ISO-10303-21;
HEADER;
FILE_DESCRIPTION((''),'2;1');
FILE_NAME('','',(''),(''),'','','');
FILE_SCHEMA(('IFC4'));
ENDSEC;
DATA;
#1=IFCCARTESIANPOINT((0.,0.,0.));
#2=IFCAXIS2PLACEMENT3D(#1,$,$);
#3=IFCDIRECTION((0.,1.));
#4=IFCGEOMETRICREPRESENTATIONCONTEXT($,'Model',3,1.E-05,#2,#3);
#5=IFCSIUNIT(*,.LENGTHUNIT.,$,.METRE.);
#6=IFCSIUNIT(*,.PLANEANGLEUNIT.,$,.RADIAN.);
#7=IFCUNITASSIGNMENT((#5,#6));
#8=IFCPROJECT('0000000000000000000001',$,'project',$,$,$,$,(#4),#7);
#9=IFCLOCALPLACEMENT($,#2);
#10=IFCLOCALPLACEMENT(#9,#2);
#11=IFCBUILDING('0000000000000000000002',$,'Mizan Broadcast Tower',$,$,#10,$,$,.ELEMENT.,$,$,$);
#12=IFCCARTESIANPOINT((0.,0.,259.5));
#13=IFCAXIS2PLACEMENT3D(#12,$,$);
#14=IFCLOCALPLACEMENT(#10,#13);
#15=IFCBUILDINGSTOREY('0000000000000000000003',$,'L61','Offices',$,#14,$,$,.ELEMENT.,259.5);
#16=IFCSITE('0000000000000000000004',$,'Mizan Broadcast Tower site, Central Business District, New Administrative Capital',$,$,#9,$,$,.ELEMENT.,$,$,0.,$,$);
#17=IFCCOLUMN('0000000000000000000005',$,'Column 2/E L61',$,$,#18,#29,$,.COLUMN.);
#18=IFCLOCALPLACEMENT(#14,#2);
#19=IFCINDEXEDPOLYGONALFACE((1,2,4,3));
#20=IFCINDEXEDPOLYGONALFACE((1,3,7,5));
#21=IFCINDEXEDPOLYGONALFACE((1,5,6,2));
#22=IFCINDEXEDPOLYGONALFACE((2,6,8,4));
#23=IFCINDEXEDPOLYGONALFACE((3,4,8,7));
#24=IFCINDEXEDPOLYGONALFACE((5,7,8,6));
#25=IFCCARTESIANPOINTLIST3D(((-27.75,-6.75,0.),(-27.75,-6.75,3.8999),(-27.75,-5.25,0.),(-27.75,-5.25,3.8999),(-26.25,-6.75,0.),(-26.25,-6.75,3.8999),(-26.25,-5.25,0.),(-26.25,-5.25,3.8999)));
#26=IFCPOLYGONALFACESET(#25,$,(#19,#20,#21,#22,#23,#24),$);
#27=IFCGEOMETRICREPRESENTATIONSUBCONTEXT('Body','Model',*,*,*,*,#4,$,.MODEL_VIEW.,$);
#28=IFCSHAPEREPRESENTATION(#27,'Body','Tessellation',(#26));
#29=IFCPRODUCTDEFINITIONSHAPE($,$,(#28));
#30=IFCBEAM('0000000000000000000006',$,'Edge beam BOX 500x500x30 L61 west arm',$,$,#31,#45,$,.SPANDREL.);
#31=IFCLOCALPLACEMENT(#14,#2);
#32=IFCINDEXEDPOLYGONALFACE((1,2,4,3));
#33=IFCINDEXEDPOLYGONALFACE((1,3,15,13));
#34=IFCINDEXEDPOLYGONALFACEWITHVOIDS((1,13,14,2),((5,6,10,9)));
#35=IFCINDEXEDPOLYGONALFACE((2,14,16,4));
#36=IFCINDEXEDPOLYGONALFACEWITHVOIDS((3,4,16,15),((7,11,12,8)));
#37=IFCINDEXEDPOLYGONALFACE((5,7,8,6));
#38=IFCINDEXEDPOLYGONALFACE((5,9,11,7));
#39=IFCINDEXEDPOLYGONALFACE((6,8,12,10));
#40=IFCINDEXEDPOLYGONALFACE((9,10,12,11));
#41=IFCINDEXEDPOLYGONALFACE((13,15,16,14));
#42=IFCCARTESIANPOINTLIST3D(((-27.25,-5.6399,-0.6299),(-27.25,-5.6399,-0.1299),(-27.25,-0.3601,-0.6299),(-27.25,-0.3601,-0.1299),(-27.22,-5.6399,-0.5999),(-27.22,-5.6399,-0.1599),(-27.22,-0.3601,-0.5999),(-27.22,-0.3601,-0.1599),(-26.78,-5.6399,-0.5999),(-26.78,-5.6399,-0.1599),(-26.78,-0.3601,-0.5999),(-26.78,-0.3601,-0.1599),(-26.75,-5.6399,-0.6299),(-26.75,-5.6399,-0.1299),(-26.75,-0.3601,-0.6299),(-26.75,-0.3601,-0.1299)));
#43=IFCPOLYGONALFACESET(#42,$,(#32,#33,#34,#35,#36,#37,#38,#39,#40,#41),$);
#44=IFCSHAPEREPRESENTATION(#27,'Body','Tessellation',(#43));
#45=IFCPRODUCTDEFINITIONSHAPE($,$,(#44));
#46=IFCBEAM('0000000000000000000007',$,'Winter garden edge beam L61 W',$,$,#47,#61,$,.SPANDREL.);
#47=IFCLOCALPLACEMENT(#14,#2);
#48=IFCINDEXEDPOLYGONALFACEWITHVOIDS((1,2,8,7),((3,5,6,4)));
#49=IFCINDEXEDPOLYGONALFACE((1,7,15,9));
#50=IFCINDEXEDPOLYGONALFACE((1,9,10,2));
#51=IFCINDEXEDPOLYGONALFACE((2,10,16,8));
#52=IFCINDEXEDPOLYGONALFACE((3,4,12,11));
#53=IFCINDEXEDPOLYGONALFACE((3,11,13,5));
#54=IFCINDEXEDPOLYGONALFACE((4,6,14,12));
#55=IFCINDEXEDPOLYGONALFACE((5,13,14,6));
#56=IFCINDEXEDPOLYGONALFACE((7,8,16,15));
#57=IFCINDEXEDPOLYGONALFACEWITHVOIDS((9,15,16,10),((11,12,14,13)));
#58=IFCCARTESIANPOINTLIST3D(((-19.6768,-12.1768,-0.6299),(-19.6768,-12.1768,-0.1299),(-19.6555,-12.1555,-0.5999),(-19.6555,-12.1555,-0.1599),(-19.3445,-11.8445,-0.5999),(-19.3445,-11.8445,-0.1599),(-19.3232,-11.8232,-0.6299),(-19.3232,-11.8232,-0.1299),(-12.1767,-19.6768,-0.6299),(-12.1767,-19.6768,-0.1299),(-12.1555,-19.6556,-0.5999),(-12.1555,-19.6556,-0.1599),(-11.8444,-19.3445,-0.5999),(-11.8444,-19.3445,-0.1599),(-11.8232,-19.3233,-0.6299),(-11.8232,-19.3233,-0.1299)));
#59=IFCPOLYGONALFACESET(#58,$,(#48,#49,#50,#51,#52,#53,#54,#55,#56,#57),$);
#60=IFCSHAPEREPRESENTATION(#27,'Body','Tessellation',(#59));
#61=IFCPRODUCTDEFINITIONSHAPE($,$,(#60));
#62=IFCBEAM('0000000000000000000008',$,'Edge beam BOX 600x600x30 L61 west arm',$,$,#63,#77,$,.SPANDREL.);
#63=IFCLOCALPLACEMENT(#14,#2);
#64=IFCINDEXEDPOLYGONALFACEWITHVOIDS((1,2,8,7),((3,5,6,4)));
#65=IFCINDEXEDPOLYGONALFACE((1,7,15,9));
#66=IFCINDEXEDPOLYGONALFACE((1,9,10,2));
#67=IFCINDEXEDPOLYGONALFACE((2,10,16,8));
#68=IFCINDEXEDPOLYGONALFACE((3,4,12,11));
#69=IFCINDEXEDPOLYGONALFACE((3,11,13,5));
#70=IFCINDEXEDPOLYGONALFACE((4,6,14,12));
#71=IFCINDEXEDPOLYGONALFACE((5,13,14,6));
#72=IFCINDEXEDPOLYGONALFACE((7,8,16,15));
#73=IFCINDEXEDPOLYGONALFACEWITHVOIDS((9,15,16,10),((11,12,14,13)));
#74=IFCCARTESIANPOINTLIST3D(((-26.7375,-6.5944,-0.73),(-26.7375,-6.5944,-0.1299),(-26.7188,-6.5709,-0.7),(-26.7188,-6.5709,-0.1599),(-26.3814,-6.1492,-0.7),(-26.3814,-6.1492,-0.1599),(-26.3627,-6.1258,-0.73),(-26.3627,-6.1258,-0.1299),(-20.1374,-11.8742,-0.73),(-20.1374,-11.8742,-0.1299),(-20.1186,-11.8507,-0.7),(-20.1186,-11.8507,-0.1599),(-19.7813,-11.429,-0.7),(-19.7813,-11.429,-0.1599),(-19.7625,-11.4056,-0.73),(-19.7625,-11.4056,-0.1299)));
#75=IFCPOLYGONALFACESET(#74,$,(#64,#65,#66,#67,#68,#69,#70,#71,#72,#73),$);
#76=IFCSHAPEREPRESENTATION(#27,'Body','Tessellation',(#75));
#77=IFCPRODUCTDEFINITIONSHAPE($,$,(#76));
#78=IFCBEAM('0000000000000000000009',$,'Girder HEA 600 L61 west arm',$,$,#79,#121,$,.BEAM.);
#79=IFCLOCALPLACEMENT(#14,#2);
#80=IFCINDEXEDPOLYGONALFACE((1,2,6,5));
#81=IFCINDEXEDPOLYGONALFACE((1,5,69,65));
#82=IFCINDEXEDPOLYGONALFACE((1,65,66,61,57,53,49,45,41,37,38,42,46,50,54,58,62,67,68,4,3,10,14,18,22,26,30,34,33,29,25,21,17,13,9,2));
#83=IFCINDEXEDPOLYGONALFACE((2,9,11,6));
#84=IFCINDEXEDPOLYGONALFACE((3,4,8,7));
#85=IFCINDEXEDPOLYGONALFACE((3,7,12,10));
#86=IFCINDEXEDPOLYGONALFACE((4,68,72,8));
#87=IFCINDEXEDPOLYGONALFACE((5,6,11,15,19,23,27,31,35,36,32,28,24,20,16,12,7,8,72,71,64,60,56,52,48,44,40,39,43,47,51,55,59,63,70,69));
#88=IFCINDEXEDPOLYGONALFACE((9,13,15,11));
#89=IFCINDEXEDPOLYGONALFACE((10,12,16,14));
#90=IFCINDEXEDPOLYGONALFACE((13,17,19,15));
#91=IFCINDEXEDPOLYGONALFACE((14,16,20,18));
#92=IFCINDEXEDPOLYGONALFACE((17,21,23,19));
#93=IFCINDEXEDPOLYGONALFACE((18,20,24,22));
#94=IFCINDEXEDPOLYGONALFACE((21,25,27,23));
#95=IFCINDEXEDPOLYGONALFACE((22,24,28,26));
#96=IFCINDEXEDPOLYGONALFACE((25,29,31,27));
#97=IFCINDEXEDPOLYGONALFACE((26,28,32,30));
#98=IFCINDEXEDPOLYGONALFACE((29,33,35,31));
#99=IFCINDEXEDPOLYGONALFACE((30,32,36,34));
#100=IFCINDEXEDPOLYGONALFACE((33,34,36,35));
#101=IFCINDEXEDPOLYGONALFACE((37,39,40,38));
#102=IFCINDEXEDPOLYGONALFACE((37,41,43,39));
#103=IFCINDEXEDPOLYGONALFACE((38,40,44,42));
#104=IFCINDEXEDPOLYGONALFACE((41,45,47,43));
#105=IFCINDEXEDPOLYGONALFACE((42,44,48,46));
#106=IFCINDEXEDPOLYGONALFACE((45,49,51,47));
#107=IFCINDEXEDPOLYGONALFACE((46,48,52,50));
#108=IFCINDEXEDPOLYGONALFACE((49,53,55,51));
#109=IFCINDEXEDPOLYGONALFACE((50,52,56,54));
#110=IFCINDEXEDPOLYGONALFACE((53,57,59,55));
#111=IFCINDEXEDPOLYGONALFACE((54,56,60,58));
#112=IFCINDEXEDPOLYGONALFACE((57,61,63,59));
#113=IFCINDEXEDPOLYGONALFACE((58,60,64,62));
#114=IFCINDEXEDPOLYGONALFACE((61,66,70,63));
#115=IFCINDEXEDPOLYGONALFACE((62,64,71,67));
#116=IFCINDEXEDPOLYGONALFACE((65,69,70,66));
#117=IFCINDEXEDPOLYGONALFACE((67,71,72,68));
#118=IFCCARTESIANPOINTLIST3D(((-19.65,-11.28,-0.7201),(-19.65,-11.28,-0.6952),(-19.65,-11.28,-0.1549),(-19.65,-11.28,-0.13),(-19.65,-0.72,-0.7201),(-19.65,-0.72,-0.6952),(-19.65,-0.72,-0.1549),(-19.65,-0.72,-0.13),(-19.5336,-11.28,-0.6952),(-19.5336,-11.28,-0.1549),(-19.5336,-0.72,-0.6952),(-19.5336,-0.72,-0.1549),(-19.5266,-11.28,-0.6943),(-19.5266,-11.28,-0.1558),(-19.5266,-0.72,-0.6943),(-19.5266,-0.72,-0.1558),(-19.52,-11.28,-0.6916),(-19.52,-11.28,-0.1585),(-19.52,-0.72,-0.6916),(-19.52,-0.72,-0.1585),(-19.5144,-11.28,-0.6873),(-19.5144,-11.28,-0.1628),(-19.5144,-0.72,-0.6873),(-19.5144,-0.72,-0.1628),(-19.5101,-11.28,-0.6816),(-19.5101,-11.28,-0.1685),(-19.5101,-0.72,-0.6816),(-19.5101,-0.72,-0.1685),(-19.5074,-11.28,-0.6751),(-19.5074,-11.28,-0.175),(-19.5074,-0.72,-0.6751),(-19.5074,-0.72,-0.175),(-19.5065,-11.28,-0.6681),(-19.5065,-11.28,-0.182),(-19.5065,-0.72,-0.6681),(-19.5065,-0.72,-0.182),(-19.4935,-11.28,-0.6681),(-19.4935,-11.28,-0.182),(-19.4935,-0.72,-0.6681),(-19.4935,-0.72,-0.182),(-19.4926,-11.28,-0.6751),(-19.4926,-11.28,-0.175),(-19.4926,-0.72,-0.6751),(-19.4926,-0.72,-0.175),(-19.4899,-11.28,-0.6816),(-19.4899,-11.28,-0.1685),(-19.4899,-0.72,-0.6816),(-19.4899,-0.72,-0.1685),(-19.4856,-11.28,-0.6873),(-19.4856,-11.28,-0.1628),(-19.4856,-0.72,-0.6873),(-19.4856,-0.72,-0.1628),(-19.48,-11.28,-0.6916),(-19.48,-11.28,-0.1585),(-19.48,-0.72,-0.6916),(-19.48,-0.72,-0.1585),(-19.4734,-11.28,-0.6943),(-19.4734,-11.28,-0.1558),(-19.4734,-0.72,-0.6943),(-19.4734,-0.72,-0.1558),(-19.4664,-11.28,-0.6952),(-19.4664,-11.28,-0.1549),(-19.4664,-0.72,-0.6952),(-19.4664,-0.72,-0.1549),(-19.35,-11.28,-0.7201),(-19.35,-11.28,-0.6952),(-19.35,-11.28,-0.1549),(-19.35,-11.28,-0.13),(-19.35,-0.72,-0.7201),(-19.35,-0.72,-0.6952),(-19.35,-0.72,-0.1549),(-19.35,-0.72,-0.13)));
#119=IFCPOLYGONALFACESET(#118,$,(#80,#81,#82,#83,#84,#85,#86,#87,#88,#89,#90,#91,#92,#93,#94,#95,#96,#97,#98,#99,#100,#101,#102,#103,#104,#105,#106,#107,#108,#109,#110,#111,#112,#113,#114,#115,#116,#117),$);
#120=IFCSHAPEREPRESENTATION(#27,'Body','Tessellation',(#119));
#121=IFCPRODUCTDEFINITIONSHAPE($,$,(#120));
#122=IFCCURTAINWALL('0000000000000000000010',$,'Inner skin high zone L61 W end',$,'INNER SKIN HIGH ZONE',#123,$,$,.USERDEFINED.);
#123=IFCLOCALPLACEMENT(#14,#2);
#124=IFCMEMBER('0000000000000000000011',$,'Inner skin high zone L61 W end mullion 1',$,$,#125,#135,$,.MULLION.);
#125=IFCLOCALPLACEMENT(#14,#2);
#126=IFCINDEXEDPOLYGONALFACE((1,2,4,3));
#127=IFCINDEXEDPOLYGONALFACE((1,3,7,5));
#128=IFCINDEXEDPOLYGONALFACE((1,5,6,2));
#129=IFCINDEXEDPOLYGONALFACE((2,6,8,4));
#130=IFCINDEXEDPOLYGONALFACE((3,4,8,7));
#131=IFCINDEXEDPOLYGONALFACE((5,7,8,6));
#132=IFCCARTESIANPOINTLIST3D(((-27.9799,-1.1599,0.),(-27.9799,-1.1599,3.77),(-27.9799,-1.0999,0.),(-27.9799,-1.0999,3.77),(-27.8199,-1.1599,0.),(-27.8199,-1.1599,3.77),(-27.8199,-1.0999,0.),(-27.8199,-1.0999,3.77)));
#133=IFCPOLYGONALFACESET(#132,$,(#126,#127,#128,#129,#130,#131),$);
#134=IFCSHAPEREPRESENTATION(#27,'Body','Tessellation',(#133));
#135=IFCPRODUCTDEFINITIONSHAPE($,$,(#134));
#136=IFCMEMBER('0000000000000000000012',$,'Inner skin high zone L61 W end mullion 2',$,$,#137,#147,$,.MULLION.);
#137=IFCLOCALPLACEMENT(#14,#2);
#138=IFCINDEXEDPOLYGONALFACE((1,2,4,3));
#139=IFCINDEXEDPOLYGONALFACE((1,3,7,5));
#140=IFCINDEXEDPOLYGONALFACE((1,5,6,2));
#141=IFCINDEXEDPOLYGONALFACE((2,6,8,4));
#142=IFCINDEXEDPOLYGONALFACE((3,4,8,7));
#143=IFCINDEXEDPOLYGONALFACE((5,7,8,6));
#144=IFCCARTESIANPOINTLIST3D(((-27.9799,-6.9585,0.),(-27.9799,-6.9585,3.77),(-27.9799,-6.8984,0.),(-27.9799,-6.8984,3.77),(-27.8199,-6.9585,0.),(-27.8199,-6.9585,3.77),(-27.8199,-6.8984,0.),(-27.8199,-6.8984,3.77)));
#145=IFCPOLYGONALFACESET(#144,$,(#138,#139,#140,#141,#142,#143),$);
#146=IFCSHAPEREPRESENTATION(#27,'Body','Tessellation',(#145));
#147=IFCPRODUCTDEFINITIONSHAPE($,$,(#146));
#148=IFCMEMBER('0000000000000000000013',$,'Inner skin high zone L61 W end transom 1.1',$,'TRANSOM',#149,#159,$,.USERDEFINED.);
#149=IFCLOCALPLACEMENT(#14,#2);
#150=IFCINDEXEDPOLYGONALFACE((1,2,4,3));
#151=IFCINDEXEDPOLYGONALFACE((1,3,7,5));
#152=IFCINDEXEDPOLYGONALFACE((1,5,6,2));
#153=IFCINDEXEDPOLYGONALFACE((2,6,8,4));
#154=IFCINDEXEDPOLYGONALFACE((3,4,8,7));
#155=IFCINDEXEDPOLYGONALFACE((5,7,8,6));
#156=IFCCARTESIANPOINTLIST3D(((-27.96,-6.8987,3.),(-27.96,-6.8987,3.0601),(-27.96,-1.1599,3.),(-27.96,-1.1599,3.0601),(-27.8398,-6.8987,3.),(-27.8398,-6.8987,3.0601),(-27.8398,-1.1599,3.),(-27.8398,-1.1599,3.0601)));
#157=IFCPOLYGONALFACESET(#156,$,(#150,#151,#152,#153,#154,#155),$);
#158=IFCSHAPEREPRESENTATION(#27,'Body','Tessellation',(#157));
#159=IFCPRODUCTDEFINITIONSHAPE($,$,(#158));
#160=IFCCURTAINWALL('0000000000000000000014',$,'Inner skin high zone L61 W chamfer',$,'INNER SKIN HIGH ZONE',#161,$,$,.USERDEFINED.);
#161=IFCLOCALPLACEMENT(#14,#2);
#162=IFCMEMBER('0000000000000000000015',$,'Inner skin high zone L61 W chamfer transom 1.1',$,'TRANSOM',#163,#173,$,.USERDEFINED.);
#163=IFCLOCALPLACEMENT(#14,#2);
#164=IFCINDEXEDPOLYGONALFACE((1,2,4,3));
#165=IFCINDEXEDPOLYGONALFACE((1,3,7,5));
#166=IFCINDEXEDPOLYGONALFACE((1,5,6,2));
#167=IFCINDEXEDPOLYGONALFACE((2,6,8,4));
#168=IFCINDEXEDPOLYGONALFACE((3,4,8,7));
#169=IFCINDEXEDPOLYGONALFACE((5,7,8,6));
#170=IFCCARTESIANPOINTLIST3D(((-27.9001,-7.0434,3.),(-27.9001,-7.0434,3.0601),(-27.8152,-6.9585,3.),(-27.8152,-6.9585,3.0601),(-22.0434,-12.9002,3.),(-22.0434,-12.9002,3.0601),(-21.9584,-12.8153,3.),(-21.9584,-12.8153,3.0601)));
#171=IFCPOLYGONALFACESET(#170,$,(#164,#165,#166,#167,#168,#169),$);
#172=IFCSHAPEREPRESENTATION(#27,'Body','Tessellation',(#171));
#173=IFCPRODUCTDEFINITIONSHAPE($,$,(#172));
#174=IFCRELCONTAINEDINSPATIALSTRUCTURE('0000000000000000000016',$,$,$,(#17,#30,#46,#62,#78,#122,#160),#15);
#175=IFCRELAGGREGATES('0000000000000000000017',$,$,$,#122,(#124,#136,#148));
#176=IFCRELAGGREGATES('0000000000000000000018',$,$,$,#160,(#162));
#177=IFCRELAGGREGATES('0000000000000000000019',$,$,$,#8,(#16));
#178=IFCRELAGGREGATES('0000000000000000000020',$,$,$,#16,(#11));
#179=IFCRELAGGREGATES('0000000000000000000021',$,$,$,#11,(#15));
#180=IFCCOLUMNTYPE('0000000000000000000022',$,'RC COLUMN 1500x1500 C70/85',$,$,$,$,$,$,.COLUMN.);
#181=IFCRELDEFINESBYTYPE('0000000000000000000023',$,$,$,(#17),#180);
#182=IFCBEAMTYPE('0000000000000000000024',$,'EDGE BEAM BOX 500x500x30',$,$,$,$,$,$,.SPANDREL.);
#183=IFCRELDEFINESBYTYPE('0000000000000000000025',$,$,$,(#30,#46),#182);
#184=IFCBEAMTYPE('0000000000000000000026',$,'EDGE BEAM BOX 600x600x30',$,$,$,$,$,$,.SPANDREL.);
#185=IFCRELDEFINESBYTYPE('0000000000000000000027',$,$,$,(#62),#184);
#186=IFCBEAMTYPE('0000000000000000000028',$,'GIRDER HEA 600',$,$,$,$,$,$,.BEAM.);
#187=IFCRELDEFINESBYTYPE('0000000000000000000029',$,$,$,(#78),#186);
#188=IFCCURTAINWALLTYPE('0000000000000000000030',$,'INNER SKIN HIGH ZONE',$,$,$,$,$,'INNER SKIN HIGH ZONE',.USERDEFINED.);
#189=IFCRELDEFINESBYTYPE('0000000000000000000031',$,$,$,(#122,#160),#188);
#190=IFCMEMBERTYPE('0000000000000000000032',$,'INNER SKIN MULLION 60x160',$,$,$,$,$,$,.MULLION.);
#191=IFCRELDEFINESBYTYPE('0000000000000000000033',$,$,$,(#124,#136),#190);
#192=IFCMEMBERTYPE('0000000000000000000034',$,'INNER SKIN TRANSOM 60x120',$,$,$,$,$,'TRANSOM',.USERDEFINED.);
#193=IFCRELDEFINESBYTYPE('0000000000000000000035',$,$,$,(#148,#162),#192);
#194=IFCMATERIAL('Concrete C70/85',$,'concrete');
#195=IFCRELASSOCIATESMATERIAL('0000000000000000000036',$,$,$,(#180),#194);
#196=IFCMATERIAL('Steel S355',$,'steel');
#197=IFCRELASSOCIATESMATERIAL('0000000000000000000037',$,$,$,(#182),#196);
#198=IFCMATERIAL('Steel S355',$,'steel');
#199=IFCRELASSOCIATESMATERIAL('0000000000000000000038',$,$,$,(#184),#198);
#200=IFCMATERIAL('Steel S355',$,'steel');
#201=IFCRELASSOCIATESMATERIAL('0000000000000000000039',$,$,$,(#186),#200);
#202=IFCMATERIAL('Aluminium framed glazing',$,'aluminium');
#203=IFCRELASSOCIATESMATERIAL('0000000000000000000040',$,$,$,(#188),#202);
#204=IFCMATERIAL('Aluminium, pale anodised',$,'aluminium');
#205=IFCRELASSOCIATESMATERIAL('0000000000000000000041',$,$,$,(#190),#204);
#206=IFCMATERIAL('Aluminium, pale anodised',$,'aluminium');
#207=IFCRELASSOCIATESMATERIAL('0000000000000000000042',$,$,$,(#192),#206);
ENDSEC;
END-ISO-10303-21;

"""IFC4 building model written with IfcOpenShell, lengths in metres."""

from ifc_helpers import new_model, si_unit, direction, frame, origin, origin_2d, place, context, subcontext, project, spatial, rectangle, hollow_rectangle, i_section, extrude, material, material_profile, profile_set, type_object, element, aggregate, save


model = new_model("IFC4")

# Units and contexts
model_context = context("Model", 3, precision=1e-05, world=origin(), true_north=direction((0.0, 1.0)))
body_context = subcontext(model_context, "Body", "Model", "MODEL_VIEW")
ifc_project = project(units=[si_unit("LENGTHUNIT", "METRE"), si_unit("PLANEANGLEUNIT", "RADIAN")], contexts=[model_context])

# Site, building, storey
site_placement = place(None, origin())
site = spatial("IfcSite", under=ifc_project, at=site_placement, Name="Mizan Broadcast Tower site, Central Business District, New Administrative Capital", CompositionType="ELEMENT", RefElevation=0.0)
building_placement = place(site_placement, origin())
building = spatial("IfcBuilding", under=site, at=building_placement, Name="Mizan Broadcast Tower", CompositionType="ELEMENT")
storey_placement = place(building_placement, frame((0.0, 0.0, 259.5)))
storey = spatial("IfcBuildingStorey", under=building, at=storey_placement, Name="L61", Description="Offices", CompositionType="ELEMENT", Elevation=259.5)

# Column
ifc_material_1 = material(Name="Concrete C70/85", Category="concrete")
ifc_material_profile_1 = material_profile(ifc_material_1, rectangle(XDim=1.5, YDim=1.5, at=origin_2d()), Name="RC 1500x1500")
ifc_profile_set_1 = profile_set([ifc_material_profile_1], Name="Concrete C70/85")
column_type = type_object("IfcColumnType", Name="RC COLUMN 1500x1500 C70/85", PredefinedType="COLUMN", material=ifc_profile_set_1)
column_placement = place(storey_placement, frame((-27.0, -6.0, 0.0), z_axis=(0.0, 0.0, 1.0), x_axis=(1.0, 0.0, 0.0)))
element("IfcColumn", 1, at=column_placement, inside=storey, type_object=column_type, Name="Column 2/E L61", PredefinedType="COLUMN", context=body_context, shape_type="SweptSolid", body=[
    extrude(rectangle(XDim=1.5, YDim=1.5, at=origin_2d()), origin(), (0.0, 0.0, 1.0), 3.8999),
])

# Beams
ifc_material_2 = material(Name="Steel S355", Category="steel")
ifc_material_profile_2 = material_profile(ifc_material_2, hollow_rectangle(XDim=0.5, YDim=0.5, WallThickness=0.03, at=origin_2d()), Name="BOX 500x500x30")
ifc_profile_set_2 = profile_set([ifc_material_profile_2], Name="Steel S355")
beam_type_1 = type_object("IfcBeamType", Name="EDGE BEAM BOX 500x500x30", PredefinedType="SPANDREL", material=ifc_profile_set_2)
beam_1_placement = place(storey_placement, frame((-27.0, -5.6399, -0.3799), z_axis=(0.0, 1.0, 0.0), x_axis=(-1.0, 0.0, 0.0)))
element("IfcBeam", 2, at=beam_1_placement, inside=storey, type_object=beam_type_1, Name="Edge beam BOX 500x500x30 L61 west arm", PredefinedType="SPANDREL", context=body_context, shape_type="SweptSolid", body=[
    extrude(hollow_rectangle(XDim=0.5, YDim=0.5, WallThickness=0.03, at=origin_2d()), origin(), (0.0, 0.0, 1.0), 5.2798),
])
beam_2_placement = place(storey_placement, frame((-19.5, -12.0, -0.3799), z_axis=(0.707107, -0.707107, 0.0), x_axis=(0.707107, 0.707107, 0.0)))
element("IfcBeam", 3, at=beam_2_placement, inside=storey, type_object=beam_type_1, Name="Winter garden edge beam L61 W", PredefinedType="SPANDREL", context=body_context, shape_type="SweptSolid", body=[
    extrude(hollow_rectangle(XDim=0.5, YDim=0.5, WallThickness=0.03, at=origin_2d()), origin(), (0.0, 0.0, 1.0), 10.6067),
])
ifc_material_3 = material(Name="Steel S355", Category="steel")
ifc_material_profile_3 = material_profile(ifc_material_3, hollow_rectangle(XDim=0.6001, YDim=0.6001, WallThickness=0.03, at=origin_2d()), Name="BOX 600x600x30")
ifc_profile_set_3 = profile_set([ifc_material_profile_3], Name="Steel S355")
beam_type_2 = type_object("IfcBeamType", Name="EDGE BEAM BOX 600x600x30", PredefinedType="SPANDREL", material=ifc_profile_set_3)
beam_3_placement = place(storey_placement, frame((-19.95, -11.6399, -0.4299), z_axis=(-0.780886, 0.624674, 0.0), x_axis=(-0.624674, -0.780886, 0.0)))
element("IfcBeam", 4, at=beam_3_placement, inside=storey, type_object=beam_type_2, Name="Edge beam BOX 600x600x30 L61 west arm", PredefinedType="SPANDREL", context=body_context, shape_type="SweptSolid", body=[
    extrude(hollow_rectangle(XDim=0.6001, YDim=0.6001, WallThickness=0.03, at=origin_2d()), origin(), (0.0, 0.0, 1.0), 8.4521),
])
ifc_material_4 = material(Name="Steel S355", Category="steel")
ifc_material_profile_4 = material_profile(ifc_material_4, i_section(OverallWidth=0.3, OverallDepth=0.5901, WebThickness=0.0129, FlangeThickness=0.0249, FilletRadius=0.0271, at=origin_2d()), Name="HEA 600")
ifc_profile_set_4 = profile_set([ifc_material_profile_4], Name="Steel S355")
beam_type_3 = type_object("IfcBeamType", Name="GIRDER HEA 600", PredefinedType="BEAM", material=ifc_profile_set_4)
beam_4_placement = place(storey_placement, frame((-19.5, -11.28, -0.425), z_axis=(0.0, 1.0, 0.0), x_axis=(-1.0, 0.0, 0.0)))
element("IfcBeam", 5, at=beam_4_placement, inside=storey, type_object=beam_type_3, Name="Girder HEA 600 L61 west arm", PredefinedType="BEAM", context=body_context, shape_type="SweptSolid", body=[
    extrude(i_section(OverallWidth=0.3, OverallDepth=0.5901, WebThickness=0.0129, FlangeThickness=0.0249, FilletRadius=0.0271, at=origin_2d()), origin(), (0.0, 0.0, 1.0), 10.5601),
])

# Curtain wall, members
ifc_material_5 = material(Name="Aluminium framed glazing", Category="aluminium")
curtain_wall_type_1 = type_object("IfcCurtainWallType", Name="INNER SKIN HIGH ZONE", ElementType="INNER SKIN HIGH ZONE", PredefinedType="USERDEFINED", material=ifc_material_5)
curtain_wall_1_placement = place(storey_placement, origin())
curtain_wall_1 = element("IfcCurtainWall", 6, at=curtain_wall_1_placement, inside=storey, type_object=curtain_wall_type_1, Name="Inner skin high zone L61 W end", ObjectType="INNER SKIN HIGH ZONE", PredefinedType="USERDEFINED")
ifc_material_6 = material(Name="Aluminium, pale anodised", Category="aluminium")
ifc_material_profile_5 = material_profile(ifc_material_6, rectangle(XDim=0.1599, YDim=0.0601, at=origin_2d()), Name="MULLION 160x60")
ifc_profile_set_5 = profile_set([ifc_material_profile_5], Name="Aluminium, pale anodised")
member_type_1 = type_object("IfcMemberType", Name="INNER SKIN MULLION 60x160", PredefinedType="MULLION", material=ifc_profile_set_5)
member_1_placement = place(storey_placement, frame((-27.8999, -1.1299, 0.0), z_axis=(0.0, 0.0, 1.0), x_axis=(1.0, 0.0, 0.0)))
member_1 = element("IfcMember", 7, at=member_1_placement, type_object=member_type_1, Name="Inner skin high zone L61 W end mullion 1", PredefinedType="MULLION", context=body_context, shape_type="SweptSolid", body=[
    extrude(rectangle(XDim=0.1599, YDim=0.0601, at=origin_2d()), origin(), (0.0, 0.0, 1.0), 3.77),
])
member_2_placement = place(storey_placement, frame((-27.8999, -6.9285, 0.0), z_axis=(0.0, 0.0, 1.0), x_axis=(1.0, 0.0, 0.0)))
member_2 = element("IfcMember", 8, at=member_2_placement, type_object=member_type_1, Name="Inner skin high zone L61 W end mullion 2", PredefinedType="MULLION", context=body_context, shape_type="SweptSolid", body=[
    extrude(rectangle(XDim=0.1599, YDim=0.0601, at=origin_2d()), origin(), (0.0, 0.0, 1.0), 3.77),
])
ifc_material_7 = material(Name="Aluminium, pale anodised", Category="aluminium")
ifc_material_profile_6 = material_profile(ifc_material_7, rectangle(XDim=0.1201, YDim=0.0601, at=origin_2d()), Name="TRANSOM 120x60")
ifc_profile_set_6 = profile_set([ifc_material_profile_6], Name="Aluminium, pale anodised")
member_type_2 = type_object("IfcMemberType", Name="INNER SKIN TRANSOM 60x120", ElementType="TRANSOM", PredefinedType="USERDEFINED", material=ifc_profile_set_6)
member_3_placement = place(storey_placement, frame((-27.8999, -1.1599, 3.03), z_axis=(0.0, -1.0, 0.0), x_axis=(1.0, 0.0, 0.0)))
member_3 = element("IfcMember", 9, at=member_3_placement, type_object=member_type_2, Name="Inner skin high zone L61 W end transom 1.1", ObjectType="TRANSOM", PredefinedType="USERDEFINED", context=body_context, shape_type="SweptSolid", body=[
    extrude(rectangle(XDim=0.1201, YDim=0.0601, at=origin_2d()), origin(), (0.0, 0.0, 1.0), 5.7388),
])

# Curtain wall, member
curtain_wall_2_placement = place(storey_placement, origin())
curtain_wall_2 = element("IfcCurtainWall", 10, at=curtain_wall_2_placement, inside=storey, type_object=curtain_wall_type_1, Name="Inner skin high zone L61 W chamfer", ObjectType="INNER SKIN HIGH ZONE", PredefinedType="USERDEFINED")
member_4_placement = place(storey_placement, frame((-27.8577, -7.001, 3.03), z_axis=(0.707107, -0.707107, 0.0), x_axis=(0.707107, 0.707107, 0.0)))
member_4 = element("IfcMember", 11, at=member_4_placement, type_object=member_type_2, Name="Inner skin high zone L61 W chamfer transom 1.1", ObjectType="TRANSOM", PredefinedType="USERDEFINED", context=body_context, shape_type="SweptSolid", body=[
    extrude(rectangle(XDim=0.1201, YDim=0.0601, at=origin_2d()), origin(), (0.0, 0.0, 1.0), 8.2827),
])

aggregate(curtain_wall_1, [member_1, member_2, member_3])
aggregate(curtain_wall_2, [member_4])

save(model, "model.ifc")
